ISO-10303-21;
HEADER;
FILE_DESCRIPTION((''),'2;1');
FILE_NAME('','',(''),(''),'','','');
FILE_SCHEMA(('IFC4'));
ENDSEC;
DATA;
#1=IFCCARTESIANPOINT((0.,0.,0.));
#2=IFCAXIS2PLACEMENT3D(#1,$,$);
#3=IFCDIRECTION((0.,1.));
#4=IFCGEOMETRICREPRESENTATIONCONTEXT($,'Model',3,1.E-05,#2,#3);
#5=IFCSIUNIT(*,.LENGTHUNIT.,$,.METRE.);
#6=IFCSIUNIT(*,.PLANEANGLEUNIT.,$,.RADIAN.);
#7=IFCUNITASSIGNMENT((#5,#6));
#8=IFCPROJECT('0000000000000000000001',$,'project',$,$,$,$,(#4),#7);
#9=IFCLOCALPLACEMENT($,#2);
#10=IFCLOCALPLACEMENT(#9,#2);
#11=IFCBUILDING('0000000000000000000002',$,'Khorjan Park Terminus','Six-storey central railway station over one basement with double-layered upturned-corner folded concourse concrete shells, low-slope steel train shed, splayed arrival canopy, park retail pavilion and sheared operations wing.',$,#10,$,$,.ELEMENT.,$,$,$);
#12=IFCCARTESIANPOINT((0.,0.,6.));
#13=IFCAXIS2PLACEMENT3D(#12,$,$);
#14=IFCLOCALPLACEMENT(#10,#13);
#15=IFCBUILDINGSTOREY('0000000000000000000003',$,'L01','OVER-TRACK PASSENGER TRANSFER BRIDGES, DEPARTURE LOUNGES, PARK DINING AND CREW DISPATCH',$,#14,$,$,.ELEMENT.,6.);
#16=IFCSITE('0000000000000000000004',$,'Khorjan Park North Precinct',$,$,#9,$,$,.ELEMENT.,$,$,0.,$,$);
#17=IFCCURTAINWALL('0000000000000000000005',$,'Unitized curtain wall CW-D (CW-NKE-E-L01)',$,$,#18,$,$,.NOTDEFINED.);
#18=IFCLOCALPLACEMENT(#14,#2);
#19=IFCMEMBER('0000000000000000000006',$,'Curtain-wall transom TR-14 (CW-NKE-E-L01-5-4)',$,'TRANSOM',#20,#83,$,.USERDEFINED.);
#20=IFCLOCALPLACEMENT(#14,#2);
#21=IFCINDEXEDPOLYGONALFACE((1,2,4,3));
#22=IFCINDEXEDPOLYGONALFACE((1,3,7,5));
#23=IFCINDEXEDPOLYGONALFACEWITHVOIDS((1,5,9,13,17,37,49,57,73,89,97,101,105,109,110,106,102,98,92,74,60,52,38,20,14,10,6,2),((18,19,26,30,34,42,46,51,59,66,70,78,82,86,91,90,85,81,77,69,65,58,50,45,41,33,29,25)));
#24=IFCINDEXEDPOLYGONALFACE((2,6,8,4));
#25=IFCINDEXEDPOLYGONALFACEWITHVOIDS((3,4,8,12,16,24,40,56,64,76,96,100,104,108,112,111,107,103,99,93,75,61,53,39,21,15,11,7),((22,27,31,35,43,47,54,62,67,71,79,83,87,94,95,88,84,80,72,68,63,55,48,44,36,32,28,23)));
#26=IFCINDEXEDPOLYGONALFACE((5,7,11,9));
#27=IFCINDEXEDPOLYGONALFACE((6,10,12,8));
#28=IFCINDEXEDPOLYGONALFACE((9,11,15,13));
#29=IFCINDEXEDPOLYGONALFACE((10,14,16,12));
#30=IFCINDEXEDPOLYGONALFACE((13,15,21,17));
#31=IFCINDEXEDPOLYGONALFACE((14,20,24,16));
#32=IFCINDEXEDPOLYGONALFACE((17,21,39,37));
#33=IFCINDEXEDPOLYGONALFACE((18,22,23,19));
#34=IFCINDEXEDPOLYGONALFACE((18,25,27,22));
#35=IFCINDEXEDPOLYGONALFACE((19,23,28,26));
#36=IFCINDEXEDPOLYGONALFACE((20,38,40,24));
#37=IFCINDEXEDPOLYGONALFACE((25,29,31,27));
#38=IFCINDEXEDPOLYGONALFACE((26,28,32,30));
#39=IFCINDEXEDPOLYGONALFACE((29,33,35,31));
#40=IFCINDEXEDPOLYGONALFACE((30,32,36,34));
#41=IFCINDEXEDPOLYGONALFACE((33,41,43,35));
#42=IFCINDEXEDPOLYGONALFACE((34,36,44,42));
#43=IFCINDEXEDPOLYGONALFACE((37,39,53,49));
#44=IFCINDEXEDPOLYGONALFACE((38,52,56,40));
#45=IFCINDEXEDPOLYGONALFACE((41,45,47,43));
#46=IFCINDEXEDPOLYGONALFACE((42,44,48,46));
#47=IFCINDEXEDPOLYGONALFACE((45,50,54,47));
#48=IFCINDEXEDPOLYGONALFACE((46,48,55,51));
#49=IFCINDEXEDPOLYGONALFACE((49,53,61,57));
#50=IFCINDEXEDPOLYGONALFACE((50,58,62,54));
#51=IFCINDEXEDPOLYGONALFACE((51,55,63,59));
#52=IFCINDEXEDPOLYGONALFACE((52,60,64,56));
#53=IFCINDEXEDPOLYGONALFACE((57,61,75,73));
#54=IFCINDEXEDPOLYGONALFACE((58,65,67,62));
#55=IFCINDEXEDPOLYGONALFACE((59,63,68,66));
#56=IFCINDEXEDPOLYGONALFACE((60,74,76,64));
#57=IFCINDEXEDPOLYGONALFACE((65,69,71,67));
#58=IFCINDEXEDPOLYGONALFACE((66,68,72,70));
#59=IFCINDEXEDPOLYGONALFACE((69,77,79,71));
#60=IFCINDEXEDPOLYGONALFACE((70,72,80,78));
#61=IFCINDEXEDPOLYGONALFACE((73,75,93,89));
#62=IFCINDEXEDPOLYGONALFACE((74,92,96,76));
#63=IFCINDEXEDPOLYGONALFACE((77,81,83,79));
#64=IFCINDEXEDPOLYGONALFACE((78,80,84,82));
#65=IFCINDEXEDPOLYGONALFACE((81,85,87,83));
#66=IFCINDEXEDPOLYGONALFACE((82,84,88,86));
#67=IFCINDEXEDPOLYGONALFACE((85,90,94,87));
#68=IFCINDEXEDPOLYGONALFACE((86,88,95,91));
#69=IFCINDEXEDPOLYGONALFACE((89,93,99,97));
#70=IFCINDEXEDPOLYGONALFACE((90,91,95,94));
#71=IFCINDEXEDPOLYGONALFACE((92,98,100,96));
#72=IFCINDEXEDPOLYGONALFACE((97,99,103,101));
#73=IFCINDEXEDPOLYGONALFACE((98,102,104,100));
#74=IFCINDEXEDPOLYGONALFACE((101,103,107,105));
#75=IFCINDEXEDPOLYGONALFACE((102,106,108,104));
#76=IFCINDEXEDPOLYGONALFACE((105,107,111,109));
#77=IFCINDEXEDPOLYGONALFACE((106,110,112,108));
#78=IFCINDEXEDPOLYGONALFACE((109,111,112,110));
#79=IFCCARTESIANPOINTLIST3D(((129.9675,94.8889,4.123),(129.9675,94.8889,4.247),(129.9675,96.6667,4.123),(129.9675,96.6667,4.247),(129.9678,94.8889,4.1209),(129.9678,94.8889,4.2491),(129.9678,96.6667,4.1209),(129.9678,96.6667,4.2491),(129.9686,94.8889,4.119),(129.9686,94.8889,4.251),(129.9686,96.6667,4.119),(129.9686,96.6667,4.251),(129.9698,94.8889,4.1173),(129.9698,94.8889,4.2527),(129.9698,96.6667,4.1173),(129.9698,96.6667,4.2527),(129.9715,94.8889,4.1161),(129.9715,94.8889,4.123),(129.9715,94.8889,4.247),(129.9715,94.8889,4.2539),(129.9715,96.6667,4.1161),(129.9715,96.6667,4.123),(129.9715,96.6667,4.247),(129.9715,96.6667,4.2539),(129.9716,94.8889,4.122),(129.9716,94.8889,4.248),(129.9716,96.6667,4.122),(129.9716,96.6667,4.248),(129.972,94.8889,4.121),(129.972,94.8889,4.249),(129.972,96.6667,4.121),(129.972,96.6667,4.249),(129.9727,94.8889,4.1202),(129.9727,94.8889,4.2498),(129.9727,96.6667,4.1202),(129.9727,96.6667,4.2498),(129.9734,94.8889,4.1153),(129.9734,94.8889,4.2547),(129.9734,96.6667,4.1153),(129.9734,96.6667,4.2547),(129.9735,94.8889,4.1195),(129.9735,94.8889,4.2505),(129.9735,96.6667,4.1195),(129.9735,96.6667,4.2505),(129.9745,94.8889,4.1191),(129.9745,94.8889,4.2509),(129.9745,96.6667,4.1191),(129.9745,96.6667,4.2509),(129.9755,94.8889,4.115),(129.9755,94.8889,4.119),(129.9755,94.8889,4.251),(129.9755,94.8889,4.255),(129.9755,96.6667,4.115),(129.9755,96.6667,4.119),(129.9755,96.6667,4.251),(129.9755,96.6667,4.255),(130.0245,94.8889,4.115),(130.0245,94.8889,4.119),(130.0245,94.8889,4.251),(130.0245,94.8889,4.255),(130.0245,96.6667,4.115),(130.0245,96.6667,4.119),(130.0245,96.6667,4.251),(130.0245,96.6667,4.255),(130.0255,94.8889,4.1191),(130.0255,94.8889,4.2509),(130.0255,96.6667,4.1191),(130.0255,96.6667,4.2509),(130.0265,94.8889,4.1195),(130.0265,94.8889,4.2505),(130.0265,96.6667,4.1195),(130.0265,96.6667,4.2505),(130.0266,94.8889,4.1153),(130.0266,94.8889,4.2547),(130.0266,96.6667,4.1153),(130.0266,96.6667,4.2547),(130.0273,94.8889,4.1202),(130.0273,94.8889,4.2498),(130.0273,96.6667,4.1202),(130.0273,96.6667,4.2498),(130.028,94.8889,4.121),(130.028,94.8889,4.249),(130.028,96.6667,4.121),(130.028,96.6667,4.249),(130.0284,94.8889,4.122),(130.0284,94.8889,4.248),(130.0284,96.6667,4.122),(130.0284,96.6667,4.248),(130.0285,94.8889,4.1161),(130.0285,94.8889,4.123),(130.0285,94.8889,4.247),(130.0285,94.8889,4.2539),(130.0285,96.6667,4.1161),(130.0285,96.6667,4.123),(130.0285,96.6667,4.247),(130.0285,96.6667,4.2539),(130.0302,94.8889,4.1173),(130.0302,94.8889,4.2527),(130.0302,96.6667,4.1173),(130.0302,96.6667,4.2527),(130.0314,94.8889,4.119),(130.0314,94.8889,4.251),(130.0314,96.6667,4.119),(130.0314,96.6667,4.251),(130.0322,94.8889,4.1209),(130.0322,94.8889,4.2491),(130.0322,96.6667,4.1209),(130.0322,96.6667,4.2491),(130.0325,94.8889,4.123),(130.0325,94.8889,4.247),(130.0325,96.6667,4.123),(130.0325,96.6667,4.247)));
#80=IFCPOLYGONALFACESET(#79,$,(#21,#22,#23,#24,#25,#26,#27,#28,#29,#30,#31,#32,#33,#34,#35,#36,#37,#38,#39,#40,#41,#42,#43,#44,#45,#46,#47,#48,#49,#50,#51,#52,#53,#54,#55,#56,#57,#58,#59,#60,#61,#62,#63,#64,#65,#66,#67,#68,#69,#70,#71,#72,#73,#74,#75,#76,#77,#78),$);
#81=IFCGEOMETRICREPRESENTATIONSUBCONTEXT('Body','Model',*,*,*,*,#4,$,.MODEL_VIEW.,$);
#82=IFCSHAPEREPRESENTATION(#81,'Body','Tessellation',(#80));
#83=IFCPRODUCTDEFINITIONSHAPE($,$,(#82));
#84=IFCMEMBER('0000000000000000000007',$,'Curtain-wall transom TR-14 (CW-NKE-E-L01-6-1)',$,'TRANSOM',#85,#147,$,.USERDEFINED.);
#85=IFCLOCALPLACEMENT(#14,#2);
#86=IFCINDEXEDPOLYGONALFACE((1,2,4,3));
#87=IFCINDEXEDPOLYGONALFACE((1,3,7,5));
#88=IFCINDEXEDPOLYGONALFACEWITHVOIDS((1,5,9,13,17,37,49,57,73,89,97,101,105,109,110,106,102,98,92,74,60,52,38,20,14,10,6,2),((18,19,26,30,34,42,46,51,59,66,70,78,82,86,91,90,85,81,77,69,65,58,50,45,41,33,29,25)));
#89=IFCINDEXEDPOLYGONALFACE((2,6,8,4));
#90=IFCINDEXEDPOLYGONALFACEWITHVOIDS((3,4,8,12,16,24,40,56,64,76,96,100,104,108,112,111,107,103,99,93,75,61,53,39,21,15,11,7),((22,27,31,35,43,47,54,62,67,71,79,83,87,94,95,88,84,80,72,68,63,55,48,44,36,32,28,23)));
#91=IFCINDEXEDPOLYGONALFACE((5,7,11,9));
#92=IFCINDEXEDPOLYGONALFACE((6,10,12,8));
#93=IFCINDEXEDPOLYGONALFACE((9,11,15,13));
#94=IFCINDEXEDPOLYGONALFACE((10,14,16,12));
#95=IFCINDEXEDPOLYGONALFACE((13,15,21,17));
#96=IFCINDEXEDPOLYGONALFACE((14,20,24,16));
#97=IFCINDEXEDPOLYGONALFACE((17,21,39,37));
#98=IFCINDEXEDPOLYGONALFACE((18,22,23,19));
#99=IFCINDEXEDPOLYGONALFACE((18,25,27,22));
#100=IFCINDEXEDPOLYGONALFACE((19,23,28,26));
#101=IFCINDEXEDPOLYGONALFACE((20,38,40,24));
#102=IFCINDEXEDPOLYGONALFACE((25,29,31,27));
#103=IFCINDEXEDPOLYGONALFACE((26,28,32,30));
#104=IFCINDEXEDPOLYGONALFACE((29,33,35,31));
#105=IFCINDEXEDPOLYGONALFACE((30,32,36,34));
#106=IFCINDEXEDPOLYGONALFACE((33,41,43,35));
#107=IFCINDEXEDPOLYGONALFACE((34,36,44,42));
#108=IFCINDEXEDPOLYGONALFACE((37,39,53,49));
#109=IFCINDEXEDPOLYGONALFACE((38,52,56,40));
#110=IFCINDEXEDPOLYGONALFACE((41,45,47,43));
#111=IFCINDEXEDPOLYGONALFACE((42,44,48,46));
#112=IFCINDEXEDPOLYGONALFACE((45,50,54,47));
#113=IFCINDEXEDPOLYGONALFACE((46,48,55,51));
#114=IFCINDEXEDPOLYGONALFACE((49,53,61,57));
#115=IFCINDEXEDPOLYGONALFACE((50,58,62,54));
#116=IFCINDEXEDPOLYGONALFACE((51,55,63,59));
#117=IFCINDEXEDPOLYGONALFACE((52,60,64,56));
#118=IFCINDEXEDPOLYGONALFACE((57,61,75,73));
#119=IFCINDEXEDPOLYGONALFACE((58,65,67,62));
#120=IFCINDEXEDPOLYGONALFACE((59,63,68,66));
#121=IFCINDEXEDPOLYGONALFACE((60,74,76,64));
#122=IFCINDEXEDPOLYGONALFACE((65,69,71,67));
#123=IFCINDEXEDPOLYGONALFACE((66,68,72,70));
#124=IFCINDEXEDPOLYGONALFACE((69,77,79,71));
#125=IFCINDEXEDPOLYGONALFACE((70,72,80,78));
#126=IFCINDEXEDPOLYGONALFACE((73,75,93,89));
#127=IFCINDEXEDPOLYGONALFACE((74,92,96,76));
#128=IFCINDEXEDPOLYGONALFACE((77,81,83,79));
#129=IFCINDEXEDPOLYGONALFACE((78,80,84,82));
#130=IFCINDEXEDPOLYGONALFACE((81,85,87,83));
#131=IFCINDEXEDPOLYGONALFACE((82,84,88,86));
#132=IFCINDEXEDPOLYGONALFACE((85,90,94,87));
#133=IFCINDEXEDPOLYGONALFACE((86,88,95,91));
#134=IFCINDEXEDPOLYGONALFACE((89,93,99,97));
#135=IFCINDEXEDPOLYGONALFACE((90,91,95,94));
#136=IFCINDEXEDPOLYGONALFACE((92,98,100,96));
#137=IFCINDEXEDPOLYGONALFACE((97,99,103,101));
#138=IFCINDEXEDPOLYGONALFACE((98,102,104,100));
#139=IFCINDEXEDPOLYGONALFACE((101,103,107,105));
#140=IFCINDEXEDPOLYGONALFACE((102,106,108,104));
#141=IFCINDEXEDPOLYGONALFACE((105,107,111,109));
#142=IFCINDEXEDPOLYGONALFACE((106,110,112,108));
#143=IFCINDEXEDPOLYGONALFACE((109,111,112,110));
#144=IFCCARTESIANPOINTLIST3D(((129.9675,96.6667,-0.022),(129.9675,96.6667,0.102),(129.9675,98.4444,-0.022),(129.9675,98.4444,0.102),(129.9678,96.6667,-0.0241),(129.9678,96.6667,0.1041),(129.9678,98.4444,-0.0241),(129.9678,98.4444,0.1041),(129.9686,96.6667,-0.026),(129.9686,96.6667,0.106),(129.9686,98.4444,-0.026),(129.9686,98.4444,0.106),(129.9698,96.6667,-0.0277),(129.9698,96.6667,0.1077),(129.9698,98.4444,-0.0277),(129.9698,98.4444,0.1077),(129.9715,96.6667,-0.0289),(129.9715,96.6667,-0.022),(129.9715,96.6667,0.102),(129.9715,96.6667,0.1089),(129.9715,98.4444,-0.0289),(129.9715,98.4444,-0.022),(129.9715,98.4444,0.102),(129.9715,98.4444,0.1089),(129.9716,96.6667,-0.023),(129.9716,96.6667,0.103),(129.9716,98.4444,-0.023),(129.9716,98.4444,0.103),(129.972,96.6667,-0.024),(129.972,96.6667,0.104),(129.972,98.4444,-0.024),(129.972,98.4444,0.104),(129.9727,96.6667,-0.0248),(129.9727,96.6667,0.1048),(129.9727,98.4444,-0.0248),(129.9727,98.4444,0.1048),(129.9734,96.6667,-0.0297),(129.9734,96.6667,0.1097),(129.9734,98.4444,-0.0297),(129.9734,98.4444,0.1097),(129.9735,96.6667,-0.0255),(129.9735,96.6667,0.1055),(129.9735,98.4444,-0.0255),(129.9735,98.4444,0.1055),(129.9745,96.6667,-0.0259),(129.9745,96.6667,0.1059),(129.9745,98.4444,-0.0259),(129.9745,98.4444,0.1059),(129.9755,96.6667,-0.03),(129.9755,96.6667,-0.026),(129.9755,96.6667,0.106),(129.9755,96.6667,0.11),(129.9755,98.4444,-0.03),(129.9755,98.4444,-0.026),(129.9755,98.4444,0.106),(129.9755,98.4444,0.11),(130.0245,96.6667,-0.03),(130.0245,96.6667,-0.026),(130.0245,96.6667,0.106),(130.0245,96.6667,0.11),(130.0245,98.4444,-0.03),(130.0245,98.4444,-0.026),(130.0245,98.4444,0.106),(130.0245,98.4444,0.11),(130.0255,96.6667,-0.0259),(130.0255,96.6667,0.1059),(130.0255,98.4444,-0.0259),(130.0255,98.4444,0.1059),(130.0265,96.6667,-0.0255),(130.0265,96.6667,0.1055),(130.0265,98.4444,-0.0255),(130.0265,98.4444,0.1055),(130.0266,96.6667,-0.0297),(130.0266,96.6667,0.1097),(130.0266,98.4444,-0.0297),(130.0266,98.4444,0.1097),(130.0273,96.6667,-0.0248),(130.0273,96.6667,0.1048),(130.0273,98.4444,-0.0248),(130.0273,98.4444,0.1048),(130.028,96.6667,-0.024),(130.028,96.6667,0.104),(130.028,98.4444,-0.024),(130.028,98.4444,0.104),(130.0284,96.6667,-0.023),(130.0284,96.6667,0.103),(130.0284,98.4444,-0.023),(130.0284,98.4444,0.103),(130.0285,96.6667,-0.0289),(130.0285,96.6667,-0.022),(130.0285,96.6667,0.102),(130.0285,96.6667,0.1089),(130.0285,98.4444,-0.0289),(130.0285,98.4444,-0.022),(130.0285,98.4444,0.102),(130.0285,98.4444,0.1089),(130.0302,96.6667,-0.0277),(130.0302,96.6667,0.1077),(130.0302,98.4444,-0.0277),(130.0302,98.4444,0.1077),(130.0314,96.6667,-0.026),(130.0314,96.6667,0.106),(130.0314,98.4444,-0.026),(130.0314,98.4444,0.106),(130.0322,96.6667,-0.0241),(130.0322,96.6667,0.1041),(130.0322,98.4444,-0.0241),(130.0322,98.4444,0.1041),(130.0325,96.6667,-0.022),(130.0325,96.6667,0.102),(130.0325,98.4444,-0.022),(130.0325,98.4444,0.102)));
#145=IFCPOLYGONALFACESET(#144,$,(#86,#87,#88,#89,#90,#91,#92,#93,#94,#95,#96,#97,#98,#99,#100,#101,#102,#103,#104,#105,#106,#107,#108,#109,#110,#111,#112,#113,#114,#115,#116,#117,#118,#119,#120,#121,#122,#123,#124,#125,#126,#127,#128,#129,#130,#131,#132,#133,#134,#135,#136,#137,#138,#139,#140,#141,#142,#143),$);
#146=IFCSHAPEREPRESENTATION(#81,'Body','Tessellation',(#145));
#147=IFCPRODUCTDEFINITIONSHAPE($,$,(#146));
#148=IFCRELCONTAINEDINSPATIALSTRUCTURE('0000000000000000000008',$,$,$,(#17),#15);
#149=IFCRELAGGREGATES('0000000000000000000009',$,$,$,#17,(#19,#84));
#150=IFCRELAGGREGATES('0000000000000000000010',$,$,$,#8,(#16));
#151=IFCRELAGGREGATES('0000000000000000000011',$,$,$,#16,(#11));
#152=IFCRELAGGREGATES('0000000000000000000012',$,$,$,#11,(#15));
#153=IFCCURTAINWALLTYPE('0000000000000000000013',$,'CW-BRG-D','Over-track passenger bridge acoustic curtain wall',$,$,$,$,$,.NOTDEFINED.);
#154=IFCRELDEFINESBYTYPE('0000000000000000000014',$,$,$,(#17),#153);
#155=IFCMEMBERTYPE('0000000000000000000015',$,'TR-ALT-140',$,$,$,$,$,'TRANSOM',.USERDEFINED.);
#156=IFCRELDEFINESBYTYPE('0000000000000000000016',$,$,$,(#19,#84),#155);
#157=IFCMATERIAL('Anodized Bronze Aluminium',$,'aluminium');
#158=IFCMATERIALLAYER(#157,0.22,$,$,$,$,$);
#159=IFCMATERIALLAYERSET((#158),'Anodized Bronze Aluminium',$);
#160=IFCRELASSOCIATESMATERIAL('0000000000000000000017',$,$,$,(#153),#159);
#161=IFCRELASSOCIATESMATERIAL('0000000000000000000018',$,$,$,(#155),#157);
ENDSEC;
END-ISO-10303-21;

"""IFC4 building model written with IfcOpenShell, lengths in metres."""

from ifc_helpers import new_model, si_unit, direction, frame, origin, origin_2d, place, context, subcontext, project, spatial, hollow_rectangle, extrude, material, layer, layer_set, material_profile, profile_set, type_object, element, aggregate, save


model = new_model("IFC4")

# Units and contexts
model_context = context("Model", 3, precision=1e-05, world=origin(), true_north=direction((0.0, 1.0)))
body_context = subcontext(model_context, "Body", "Model", "MODEL_VIEW")
ifc_project = project(units=[si_unit("LENGTHUNIT", "METRE"), si_unit("PLANEANGLEUNIT", "RADIAN")], contexts=[model_context])

# Site, building, storey
site_placement = place(None, origin())
site = spatial("IfcSite", under=ifc_project, at=site_placement, Name="Khorjan Park North Precinct", CompositionType="ELEMENT", RefElevation=0.0)
building_placement = place(site_placement, origin())
building = spatial("IfcBuilding", under=site, at=building_placement, Name="Khorjan Park Terminus", Description="Six-storey central railway station over one basement with double-layered upturned-corner folded concourse concrete shells, low-slope steel train shed, splayed arrival canopy, park retail pavilion and sheared operations wing.", CompositionType="ELEMENT")
storey_placement = place(building_placement, frame((0.0, 0.0, 6.0)))
storey = spatial("IfcBuildingStorey", under=building, at=storey_placement, Name="L01", Description="OVER-TRACK PASSENGER TRANSFER BRIDGES, DEPARTURE LOUNGES, PARK DINING AND CREW DISPATCH", CompositionType="ELEMENT", Elevation=6.0)

# Curtain wall, members
ifc_material_1 = material(Name="Anodized Bronze Aluminium", Category="aluminium")
ifc_layer_1 = layer(ifc_material_1, 0.22)
ifc_layer_set_1 = layer_set([ifc_layer_1], Name="Anodized Bronze Aluminium")
curtain_wall_type = type_object("IfcCurtainWallType", Name="CW-BRG-D", Description="Over-track passenger bridge acoustic curtain wall", PredefinedType="NOTDEFINED", material=ifc_layer_set_1)
curtain_wall_placement = place(storey_placement, origin())
curtain_wall = element("IfcCurtainWall", 1, at=curtain_wall_placement, inside=storey, type_object=curtain_wall_type, Name="Unitized curtain wall CW-D (CW-NKE-E-L01)", PredefinedType="NOTDEFINED")
ifc_material_profile_1 = material_profile(ifc_material_1, hollow_rectangle(XDim=0.065, YDim=0.14, WallThickness=0.004, InnerFilletRadius=0.004, OuterFilletRadius=0.008, at=origin_2d()), Name="ALT 65x140x4")
ifc_profile_set_1 = profile_set([ifc_material_profile_1], Name="Anodized Bronze Aluminium")
member_type_1 = type_object("IfcMemberType", Name="TR-ALT-140", ElementType="TRANSOM", PredefinedType="USERDEFINED", material=ifc_profile_set_1)
member_1_placement = place(storey_placement, frame((130.0, 94.8889, 4.185), z_axis=(0.0, 1.0, 0.0), x_axis=(-1.0, 0.0, 0.0)))
member_1 = element("IfcMember", 2, at=member_1_placement, type_object=member_type_1, Name="Curtain-wall transom TR-14 (CW-NKE-E-L01-5-4)", ObjectType="TRANSOM", PredefinedType="USERDEFINED", context=body_context, shape_type="SweptSolid", body=[
    extrude(hollow_rectangle(XDim=0.065, YDim=0.14, WallThickness=0.004, InnerFilletRadius=0.004, OuterFilletRadius=0.008, at=origin_2d()), origin(), (0.0, 0.0, 1.0), 1.7778),
])
member_2_placement = place(storey_placement, frame((130.0, 96.6667, 0.04), z_axis=(0.0, 1.0, 0.0), x_axis=(-1.0, 0.0, 0.0)))
member_2 = element("IfcMember", 3, at=member_2_placement, type_object=member_type_1, Name="Curtain-wall transom TR-14 (CW-NKE-E-L01-6-1)", ObjectType="TRANSOM", PredefinedType="USERDEFINED", context=body_context, shape_type="SweptSolid", body=[
    extrude(hollow_rectangle(XDim=0.065, YDim=0.14, WallThickness=0.004, InnerFilletRadius=0.004, OuterFilletRadius=0.008, at=origin_2d()), origin(), (0.0, 0.0, 1.0), 1.7777),
])
aggregate(curtain_wall, [member_1, member_2])

save(model, "model.ifc")
